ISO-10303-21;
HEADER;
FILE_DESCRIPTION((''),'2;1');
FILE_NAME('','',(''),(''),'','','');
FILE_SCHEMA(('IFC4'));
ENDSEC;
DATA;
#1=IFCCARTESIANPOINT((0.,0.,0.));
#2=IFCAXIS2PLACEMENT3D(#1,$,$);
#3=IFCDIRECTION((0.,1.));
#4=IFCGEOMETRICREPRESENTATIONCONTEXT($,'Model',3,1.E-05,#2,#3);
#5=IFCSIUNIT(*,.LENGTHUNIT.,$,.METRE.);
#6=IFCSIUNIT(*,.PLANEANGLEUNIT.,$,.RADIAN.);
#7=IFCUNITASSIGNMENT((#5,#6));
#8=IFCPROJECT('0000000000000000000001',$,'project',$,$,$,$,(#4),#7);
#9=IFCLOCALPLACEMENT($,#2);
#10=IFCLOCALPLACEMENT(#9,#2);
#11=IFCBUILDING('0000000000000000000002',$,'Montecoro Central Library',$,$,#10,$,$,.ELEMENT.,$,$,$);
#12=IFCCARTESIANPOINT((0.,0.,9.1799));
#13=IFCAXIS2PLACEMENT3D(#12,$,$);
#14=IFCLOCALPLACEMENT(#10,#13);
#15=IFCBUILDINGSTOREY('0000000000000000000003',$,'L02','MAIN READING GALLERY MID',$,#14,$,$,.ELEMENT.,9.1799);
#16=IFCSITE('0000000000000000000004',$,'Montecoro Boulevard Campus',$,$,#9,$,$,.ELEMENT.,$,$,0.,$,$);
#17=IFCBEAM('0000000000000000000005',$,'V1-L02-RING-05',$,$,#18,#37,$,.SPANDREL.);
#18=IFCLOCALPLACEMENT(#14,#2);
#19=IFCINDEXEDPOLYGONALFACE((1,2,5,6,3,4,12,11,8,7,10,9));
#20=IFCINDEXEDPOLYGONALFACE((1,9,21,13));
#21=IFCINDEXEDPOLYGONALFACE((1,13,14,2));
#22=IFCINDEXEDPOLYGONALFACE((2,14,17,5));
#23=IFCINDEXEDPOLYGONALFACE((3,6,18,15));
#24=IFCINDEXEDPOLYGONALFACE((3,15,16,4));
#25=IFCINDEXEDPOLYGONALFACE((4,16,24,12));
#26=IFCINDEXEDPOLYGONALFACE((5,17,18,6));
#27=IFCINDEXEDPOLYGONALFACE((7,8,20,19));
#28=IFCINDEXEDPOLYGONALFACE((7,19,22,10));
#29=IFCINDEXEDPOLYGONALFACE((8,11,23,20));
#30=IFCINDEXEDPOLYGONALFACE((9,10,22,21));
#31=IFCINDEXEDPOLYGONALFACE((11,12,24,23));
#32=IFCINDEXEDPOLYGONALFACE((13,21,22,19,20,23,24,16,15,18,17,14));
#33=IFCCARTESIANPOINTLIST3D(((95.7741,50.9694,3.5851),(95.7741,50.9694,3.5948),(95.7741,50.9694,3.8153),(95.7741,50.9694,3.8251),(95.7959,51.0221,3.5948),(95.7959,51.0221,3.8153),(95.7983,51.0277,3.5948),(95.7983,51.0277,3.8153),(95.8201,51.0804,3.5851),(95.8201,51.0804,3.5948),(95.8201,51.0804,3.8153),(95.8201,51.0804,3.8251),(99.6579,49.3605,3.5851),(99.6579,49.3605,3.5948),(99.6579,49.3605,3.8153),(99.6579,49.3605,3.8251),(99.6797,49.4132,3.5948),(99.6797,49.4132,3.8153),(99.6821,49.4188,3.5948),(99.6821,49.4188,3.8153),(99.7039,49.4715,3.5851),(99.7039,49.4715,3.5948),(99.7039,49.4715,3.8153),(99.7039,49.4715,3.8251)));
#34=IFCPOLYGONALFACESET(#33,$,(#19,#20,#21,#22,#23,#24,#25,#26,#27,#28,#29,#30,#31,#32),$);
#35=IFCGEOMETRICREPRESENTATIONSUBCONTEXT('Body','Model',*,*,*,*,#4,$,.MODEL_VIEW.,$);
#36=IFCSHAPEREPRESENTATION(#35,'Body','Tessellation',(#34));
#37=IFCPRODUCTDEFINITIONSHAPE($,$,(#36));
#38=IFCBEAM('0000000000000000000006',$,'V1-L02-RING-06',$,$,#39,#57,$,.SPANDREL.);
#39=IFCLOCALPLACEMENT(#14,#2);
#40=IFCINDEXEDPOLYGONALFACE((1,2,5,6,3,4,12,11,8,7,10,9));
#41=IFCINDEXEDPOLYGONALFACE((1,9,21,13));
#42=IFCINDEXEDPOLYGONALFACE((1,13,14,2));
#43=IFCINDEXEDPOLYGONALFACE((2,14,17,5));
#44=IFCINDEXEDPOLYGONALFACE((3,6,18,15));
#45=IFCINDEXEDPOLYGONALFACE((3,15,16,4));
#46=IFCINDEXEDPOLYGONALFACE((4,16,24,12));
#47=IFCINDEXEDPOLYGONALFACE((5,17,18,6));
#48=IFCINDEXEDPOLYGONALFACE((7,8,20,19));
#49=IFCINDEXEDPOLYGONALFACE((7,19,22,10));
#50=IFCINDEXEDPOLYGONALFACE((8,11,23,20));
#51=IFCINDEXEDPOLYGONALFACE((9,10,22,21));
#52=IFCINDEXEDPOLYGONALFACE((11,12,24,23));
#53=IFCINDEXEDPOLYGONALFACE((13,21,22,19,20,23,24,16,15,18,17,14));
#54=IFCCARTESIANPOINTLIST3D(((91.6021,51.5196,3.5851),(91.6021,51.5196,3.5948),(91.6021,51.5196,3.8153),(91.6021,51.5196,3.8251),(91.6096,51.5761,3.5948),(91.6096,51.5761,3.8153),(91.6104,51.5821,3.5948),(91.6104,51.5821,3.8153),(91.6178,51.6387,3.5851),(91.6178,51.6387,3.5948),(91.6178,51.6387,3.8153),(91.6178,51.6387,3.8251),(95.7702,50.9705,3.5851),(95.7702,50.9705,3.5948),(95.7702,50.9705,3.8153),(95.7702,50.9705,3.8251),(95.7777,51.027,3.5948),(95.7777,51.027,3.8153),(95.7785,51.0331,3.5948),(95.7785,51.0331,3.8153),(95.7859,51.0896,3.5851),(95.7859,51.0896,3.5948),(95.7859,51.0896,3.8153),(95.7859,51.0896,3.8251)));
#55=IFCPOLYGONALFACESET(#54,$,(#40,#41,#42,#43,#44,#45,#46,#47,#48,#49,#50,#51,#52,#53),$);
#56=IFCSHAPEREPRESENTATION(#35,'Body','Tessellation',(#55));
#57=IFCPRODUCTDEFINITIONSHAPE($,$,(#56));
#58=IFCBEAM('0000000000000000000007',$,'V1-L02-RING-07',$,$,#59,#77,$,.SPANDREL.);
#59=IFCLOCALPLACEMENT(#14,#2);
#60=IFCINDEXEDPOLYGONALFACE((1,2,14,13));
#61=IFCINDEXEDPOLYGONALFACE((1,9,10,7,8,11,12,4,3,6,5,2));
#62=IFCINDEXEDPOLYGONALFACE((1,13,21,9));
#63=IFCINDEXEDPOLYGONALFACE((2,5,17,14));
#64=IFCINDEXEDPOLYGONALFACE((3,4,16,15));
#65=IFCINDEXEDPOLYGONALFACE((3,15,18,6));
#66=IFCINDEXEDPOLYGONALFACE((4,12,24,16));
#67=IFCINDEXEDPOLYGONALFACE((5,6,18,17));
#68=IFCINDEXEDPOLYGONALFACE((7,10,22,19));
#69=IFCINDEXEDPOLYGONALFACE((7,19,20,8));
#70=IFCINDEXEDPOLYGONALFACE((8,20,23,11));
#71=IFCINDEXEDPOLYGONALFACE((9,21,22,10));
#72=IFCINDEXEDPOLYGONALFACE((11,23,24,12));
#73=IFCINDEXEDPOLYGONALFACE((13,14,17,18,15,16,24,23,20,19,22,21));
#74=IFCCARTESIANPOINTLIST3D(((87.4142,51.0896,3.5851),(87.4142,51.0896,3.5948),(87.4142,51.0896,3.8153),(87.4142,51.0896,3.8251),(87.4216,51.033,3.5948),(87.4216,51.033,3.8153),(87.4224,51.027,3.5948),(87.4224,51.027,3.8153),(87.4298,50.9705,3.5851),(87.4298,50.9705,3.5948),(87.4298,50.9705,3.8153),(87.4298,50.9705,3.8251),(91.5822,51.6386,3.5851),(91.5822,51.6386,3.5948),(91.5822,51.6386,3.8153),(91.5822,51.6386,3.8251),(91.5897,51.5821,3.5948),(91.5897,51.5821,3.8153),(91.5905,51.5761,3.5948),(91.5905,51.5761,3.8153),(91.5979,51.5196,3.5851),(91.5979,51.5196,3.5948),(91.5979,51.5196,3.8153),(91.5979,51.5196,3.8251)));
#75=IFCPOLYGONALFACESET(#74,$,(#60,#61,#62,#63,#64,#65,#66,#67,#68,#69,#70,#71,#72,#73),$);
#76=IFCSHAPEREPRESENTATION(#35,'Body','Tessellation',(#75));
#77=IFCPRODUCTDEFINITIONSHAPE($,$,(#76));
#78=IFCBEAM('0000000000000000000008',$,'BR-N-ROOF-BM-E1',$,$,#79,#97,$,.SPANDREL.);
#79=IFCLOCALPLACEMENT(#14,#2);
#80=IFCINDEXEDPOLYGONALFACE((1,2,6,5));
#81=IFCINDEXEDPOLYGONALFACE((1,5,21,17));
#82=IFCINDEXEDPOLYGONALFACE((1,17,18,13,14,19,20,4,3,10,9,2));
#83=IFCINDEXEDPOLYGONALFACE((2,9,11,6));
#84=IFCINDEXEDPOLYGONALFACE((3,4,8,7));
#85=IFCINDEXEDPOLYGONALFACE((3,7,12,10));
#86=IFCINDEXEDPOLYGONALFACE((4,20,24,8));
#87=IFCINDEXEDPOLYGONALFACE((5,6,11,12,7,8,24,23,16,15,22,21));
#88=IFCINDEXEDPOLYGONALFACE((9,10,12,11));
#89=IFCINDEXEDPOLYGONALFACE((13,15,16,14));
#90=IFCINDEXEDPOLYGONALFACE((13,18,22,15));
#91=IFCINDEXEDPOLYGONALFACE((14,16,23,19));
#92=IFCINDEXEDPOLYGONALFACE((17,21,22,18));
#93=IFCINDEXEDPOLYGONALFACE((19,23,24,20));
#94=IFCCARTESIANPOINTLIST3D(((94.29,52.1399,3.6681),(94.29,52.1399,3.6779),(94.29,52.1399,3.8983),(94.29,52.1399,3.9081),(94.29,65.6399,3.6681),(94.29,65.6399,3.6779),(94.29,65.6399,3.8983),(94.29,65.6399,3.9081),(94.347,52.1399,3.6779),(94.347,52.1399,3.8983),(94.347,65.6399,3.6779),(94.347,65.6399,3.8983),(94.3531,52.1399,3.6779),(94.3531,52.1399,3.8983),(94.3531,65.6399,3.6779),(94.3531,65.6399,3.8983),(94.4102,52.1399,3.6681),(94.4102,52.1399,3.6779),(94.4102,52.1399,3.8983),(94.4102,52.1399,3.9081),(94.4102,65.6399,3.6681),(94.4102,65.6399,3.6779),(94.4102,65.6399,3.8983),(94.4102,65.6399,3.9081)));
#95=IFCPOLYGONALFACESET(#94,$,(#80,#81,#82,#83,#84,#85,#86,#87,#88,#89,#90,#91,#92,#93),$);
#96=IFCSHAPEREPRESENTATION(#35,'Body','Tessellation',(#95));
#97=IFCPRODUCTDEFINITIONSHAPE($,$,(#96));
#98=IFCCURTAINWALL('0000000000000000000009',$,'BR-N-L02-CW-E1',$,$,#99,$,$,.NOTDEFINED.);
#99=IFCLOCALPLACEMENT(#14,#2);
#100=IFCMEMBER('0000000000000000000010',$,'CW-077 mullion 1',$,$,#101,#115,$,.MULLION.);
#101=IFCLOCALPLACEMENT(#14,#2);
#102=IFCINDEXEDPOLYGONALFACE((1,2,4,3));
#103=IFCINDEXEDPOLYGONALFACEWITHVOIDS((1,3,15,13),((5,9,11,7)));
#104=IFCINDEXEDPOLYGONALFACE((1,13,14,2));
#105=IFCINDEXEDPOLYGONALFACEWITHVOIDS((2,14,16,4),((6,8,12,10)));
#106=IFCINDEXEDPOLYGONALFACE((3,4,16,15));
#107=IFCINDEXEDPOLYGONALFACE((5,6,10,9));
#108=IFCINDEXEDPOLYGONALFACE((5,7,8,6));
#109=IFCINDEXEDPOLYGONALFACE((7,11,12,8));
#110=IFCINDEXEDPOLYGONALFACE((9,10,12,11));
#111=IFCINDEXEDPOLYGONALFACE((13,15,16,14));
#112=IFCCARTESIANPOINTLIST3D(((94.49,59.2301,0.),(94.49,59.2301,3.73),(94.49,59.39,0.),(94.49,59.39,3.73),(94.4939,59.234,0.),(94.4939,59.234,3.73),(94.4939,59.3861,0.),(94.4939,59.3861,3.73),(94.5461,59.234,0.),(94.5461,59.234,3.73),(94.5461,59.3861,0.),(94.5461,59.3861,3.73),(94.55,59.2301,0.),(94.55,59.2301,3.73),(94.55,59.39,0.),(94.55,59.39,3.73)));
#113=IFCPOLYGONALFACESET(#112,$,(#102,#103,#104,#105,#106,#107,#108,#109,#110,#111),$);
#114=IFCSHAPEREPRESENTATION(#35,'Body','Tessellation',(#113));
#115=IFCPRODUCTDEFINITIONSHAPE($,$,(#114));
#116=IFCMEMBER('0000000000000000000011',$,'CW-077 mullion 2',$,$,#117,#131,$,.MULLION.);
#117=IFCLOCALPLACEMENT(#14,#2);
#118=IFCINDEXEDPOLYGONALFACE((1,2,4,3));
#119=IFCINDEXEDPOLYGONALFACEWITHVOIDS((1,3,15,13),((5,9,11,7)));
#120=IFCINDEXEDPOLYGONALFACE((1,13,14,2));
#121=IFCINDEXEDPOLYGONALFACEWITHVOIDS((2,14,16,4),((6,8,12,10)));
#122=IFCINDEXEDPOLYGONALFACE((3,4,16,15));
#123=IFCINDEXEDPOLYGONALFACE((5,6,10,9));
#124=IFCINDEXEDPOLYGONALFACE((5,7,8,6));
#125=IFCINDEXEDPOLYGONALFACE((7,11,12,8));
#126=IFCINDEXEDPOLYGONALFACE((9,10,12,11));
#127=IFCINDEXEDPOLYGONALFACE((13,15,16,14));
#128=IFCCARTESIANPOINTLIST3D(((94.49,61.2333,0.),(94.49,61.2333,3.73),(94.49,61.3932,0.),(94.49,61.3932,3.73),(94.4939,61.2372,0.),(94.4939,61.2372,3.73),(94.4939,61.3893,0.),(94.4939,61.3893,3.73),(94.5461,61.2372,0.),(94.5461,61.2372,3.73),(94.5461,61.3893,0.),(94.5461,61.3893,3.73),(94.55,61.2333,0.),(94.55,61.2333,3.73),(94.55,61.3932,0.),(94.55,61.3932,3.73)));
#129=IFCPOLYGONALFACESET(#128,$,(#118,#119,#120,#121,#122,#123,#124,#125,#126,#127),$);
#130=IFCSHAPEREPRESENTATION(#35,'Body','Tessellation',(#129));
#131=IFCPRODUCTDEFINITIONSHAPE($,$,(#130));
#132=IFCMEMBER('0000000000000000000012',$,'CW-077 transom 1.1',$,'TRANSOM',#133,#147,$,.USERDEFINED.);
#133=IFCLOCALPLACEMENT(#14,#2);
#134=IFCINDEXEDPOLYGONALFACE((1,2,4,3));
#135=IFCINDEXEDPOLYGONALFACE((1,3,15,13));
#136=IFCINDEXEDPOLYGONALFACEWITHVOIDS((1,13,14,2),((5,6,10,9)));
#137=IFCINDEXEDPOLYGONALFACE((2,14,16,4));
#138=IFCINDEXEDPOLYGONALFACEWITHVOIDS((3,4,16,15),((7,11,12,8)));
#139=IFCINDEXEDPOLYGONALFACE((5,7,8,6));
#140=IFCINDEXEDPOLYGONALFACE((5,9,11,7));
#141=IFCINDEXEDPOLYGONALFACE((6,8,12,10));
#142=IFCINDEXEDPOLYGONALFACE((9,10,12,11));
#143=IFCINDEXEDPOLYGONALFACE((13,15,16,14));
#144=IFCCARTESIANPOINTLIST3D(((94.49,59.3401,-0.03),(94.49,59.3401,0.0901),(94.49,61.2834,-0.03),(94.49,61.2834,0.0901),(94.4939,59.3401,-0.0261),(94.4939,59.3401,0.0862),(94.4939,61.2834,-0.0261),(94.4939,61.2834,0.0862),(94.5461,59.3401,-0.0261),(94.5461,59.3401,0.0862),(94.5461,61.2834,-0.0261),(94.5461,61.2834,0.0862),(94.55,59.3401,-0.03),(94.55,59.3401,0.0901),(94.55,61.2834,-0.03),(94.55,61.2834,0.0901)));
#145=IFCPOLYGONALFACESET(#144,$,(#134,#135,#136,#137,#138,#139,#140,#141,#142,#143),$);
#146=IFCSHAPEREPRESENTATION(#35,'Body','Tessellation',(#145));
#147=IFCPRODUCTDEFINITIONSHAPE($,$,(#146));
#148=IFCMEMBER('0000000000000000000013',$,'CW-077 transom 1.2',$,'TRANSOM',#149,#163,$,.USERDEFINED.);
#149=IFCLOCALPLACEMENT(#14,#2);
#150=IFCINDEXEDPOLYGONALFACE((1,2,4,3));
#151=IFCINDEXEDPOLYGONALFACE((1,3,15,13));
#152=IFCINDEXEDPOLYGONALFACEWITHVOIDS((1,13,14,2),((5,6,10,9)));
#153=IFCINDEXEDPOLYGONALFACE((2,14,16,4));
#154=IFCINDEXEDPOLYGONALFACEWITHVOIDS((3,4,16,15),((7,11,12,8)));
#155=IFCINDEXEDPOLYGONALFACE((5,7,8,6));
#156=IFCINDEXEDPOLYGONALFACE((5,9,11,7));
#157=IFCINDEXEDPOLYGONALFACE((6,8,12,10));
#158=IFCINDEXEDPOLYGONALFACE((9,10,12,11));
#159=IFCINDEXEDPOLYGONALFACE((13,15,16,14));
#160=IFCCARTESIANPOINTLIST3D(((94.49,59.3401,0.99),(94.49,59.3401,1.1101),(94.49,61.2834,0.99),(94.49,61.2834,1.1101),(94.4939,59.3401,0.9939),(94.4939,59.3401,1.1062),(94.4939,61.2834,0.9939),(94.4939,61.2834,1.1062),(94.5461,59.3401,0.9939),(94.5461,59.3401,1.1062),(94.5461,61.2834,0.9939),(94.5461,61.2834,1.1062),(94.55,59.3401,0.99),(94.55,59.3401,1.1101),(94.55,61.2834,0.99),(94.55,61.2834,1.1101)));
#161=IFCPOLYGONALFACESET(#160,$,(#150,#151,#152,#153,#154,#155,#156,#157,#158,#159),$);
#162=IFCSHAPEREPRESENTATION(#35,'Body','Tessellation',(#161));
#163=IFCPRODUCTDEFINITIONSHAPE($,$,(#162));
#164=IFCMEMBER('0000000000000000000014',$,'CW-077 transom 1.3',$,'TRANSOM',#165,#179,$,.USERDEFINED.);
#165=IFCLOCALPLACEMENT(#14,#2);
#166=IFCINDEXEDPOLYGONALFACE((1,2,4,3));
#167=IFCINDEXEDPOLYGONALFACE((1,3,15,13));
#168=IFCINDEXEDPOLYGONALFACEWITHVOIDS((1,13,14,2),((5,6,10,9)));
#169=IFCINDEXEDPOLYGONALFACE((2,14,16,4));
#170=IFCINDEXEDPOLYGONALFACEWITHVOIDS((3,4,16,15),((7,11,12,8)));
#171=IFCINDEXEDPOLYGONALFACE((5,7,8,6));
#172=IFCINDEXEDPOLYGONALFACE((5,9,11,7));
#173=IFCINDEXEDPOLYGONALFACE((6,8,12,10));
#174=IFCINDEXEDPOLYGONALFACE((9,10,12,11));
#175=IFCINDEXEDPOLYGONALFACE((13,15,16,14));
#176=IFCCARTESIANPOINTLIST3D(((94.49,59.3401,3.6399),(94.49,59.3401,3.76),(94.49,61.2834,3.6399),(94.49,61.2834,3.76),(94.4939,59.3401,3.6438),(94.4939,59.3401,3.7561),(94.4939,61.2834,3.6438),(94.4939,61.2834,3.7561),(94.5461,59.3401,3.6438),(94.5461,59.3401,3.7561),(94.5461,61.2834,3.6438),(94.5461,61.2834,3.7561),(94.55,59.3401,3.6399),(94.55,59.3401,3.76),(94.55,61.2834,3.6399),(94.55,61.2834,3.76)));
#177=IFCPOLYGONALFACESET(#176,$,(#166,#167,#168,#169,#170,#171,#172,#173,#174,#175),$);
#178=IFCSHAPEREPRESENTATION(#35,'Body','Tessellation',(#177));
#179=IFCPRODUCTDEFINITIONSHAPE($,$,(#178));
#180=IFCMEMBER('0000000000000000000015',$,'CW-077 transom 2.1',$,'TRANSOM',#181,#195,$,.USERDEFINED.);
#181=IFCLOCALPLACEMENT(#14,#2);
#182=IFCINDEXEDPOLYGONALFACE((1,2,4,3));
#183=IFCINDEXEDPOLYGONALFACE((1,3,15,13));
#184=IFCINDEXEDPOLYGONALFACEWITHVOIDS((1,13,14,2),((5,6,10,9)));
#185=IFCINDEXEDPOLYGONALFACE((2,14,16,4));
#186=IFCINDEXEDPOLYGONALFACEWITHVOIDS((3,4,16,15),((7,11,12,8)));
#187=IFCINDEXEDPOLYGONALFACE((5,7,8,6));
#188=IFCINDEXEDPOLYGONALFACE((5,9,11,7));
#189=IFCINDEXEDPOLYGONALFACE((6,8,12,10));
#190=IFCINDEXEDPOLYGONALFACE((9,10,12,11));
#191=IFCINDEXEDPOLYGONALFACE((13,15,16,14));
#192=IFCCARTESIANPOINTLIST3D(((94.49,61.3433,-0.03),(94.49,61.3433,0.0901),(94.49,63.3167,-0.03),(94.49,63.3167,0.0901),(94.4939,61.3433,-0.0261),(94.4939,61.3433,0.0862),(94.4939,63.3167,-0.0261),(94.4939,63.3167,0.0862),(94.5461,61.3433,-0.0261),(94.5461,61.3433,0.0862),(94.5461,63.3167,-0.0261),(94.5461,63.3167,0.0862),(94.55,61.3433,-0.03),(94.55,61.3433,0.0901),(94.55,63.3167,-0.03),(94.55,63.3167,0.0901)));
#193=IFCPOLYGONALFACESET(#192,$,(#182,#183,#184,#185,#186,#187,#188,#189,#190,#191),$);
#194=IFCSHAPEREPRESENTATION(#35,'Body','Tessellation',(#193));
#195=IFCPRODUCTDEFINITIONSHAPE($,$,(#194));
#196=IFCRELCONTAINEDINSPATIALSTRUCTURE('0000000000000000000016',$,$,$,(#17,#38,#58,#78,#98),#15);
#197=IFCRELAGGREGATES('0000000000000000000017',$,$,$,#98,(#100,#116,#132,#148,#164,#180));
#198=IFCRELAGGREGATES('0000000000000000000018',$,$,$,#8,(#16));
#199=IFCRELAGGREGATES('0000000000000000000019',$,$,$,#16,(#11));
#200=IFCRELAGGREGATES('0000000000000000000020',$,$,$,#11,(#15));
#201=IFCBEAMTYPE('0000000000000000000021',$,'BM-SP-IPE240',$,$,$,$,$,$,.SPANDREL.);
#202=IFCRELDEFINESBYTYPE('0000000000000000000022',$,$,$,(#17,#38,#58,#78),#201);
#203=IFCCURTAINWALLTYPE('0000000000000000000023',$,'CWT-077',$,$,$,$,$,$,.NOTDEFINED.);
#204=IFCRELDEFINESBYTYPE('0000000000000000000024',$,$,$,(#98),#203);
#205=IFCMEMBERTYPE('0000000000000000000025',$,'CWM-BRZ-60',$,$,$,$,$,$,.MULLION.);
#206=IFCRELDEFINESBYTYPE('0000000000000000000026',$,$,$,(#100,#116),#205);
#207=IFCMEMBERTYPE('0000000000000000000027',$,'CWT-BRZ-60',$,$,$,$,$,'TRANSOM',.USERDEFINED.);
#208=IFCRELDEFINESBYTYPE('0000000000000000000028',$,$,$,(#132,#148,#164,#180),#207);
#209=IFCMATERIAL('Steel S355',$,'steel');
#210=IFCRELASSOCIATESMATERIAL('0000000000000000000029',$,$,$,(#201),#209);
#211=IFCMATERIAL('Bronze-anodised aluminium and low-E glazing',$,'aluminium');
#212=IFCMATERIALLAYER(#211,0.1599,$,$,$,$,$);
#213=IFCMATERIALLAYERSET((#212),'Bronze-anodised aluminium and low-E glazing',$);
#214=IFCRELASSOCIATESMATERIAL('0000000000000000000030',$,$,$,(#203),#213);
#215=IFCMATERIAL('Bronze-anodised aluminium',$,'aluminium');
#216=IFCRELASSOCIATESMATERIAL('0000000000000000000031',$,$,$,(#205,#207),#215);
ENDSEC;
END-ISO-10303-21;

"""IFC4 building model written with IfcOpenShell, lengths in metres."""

from ifc_helpers import new_model, si_unit, direction, frame, origin, origin_2d, place, context, subcontext, project, spatial, hollow_rectangle, i_section, extrude, material, layer, layer_set, material_profile, profile_set, type_object, element, aggregate, save


model = new_model("IFC4")

# Units and contexts
model_context = context("Model", 3, precision=1e-05, world=origin(), true_north=direction((0.0, 1.0)))
body_context = subcontext(model_context, "Body", "Model", "MODEL_VIEW")
ifc_project = project(units=[si_unit("LENGTHUNIT", "METRE"), si_unit("PLANEANGLEUNIT", "RADIAN")], contexts=[model_context])

# Site, building, storey
site_placement = place(None, origin())
site = spatial("IfcSite", under=ifc_project, at=site_placement, Name="Montecoro Boulevard Campus", CompositionType="ELEMENT", RefElevation=0.0)
building_placement = place(site_placement, origin())
building = spatial("IfcBuilding", under=site, at=building_placement, Name="Montecoro Central Library", CompositionType="ELEMENT")
storey_placement = place(building_placement, frame((0.0, 0.0, 9.1799)))
storey = spatial("IfcBuildingStorey", under=building, at=storey_placement, Name="L02", Description="MAIN READING GALLERY MID", CompositionType="ELEMENT", Elevation=9.1799)

# Shared definitions
ifc_material_1 = material(Name="Steel S355", Category="steel")

# Beams
ifc_material_profile_1 = material_profile(ifc_material_1, i_section(OverallWidth=0.1201, OverallDepth=0.24, WebThickness=0.0061, FlangeThickness=0.0098, at=origin_2d()), Name="IPE 240")
ifc_profile_set_1 = profile_set([ifc_material_profile_1], Name="Steel S355")
beam_type = type_object("IfcBeamType", Name="BM-SP-IPE240", PredefinedType="SPANDREL", material=ifc_profile_set_1)
beam_1_placement = place(storey_placement, frame((99.6809, 49.416, 3.7051), z_axis=(-0.923865, 0.382718, 0.0), x_axis=(-0.382718, -0.923865, 0.0)))
element("IfcBeam", 1, at=beam_1_placement, inside=storey, type_object=beam_type, Name="V1-L02-RING-05", PredefinedType="SPANDREL", context=body_context, shape_type="SweptSolid", body=[
    extrude(i_section(OverallWidth=0.1201, OverallDepth=0.24, WebThickness=0.0061, FlangeThickness=0.0098, at=origin_2d()), origin(), (0.0, 0.0, 1.0), 4.2039),
])
for number, where, z_axis, x_axis, name in (
    (2, (95.7781, 51.03, 3.7051), (-0.991434, 0.130608, 0.0), (-0.130608, -0.991434, 0.0), "V1-L02-RING-06"),
    (3, (91.5901, 51.5791, 3.7051), (-0.991434, -0.130608, 0.0), (0.130608, -0.991434, 0.0), "V1-L02-RING-07"),
):
    element("IfcBeam", number, at=place(storey_placement, frame(where, z_axis=z_axis, x_axis=x_axis)), inside=storey, type_object=beam_type, Name=name, PredefinedType="SPANDREL", context=body_context, shape_type="SweptSolid", body=[
        extrude(i_section(OverallWidth=0.1201, OverallDepth=0.24, WebThickness=0.0061, FlangeThickness=0.0098, at=origin_2d()), origin(), (0.0, 0.0, 1.0), 4.2041),
    ])
beam_2_placement = place(storey_placement, frame((94.3501, 52.1399, 3.7881), z_axis=(0.0, 1.0, 0.0), x_axis=(-1.0, 0.0, 0.0)))
element("IfcBeam", 4, at=beam_2_placement, inside=storey, type_object=beam_type, Name="BR-N-ROOF-BM-E1", PredefinedType="SPANDREL", context=body_context, shape_type="SweptSolid", body=[
    extrude(i_section(OverallWidth=0.1201, OverallDepth=0.24, WebThickness=0.0061, FlangeThickness=0.0098, at=origin_2d()), origin(), (0.0, 0.0, 1.0), 13.5),
])

# Curtain wall, members
ifc_material_2 = material(Name="Bronze-anodised aluminium and low-E glazing", Category="aluminium")
ifc_layer_1 = layer(ifc_material_2, 0.1599)
ifc_layer_set_1 = layer_set([ifc_layer_1], Name="Bronze-anodised aluminium and low-E glazing")
curtain_wall_type = type_object("IfcCurtainWallType", Name="CWT-077", PredefinedType="NOTDEFINED", material=ifc_layer_set_1)
curtain_wall_placement = place(storey_placement, origin())
curtain_wall = element("IfcCurtainWall", 5, at=curtain_wall_placement, inside=storey, type_object=curtain_wall_type, Name="BR-N-L02-CW-E1", PredefinedType="NOTDEFINED")
ifc_material_3 = material(Name="Bronze-anodised aluminium", Category="aluminium")
ifc_material_profile_2 = material_profile(ifc_material_3, hollow_rectangle(XDim=0.0601, YDim=0.1599, WallThickness=0.0039, at=origin_2d()), Name="CWM 160x60x4.0")
ifc_profile_set_2 = profile_set([ifc_material_profile_2], Name="Bronze-anodised aluminium")
member_type_1 = type_object("IfcMemberType", Name="CWM-BRZ-60", PredefinedType="MULLION", material=ifc_profile_set_2)
member_1_placement = place(storey_placement, frame((94.52, 59.3101, 0.0), z_axis=(0.0, 0.0, 1.0), x_axis=(-1.0, 0.0, 0.0)))
member_1 = element("IfcMember", 6, at=member_1_placement, type_object=member_type_1, Name="CW-077 mullion 1", PredefinedType="MULLION", context=body_context, shape_type="SweptSolid", body=[
    extrude(hollow_rectangle(XDim=0.0601, YDim=0.1599, WallThickness=0.0039, at=origin_2d()), origin(), (0.0, 0.0, 1.0), 3.73),
])
member_2_placement = place(storey_placement, frame((94.52, 61.3132, 0.0), z_axis=(0.0, 0.0, 1.0), x_axis=(-1.0, 0.0, 0.0)))
member_2 = element("IfcMember", 7, at=member_2_placement, type_object=member_type_1, Name="CW-077 mullion 2", PredefinedType="MULLION", context=body_context, shape_type="SweptSolid", body=[
    extrude(hollow_rectangle(XDim=0.0601, YDim=0.1599, WallThickness=0.0039, at=origin_2d()), origin(), (0.0, 0.0, 1.0), 3.73),
])
ifc_material_profile_3 = material_profile(ifc_material_3, hollow_rectangle(XDim=0.0601, YDim=0.1201, WallThickness=0.0039, at=origin_2d()), Name="CWT 120x60x4.0")
ifc_profile_set_3 = profile_set([ifc_material_profile_3], Name="Bronze-anodised aluminium")
member_type_2 = type_object("IfcMemberType", Name="CWT-BRZ-60", ElementType="TRANSOM", PredefinedType="USERDEFINED", material=ifc_profile_set_3)
member_3_placement = place(storey_placement, frame((94.52, 59.3401, 0.03), z_axis=(0.0, 1.0, 0.0), x_axis=(-1.0, 0.0, 0.0)))
member_3 = element("IfcMember", 8, at=member_3_placement, type_object=member_type_2, Name="CW-077 transom 1.1", ObjectType="TRANSOM", PredefinedType="USERDEFINED", context=body_context, shape_type="SweptSolid", body=[
    extrude(hollow_rectangle(XDim=0.0601, YDim=0.1201, WallThickness=0.0039, at=origin_2d()), origin(), (0.0, 0.0, 1.0), 1.9434),
])
member_4_placement = place(storey_placement, frame((94.52, 59.3401, 1.05), z_axis=(0.0, 1.0, 0.0), x_axis=(-1.0, 0.0, 0.0)))
member_4 = element("IfcMember", 9, at=member_4_placement, type_object=member_type_2, Name="CW-077 transom 1.2", ObjectType="TRANSOM", PredefinedType="USERDEFINED", context=body_context, shape_type="SweptSolid", body=[
    extrude(hollow_rectangle(XDim=0.0601, YDim=0.1201, WallThickness=0.0039, at=origin_2d()), origin(), (0.0, 0.0, 1.0), 1.9434),
])
member_5_placement = place(storey_placement, frame((94.52, 59.3401, 3.7), z_axis=(0.0, 1.0, 0.0), x_axis=(-1.0, 0.0, 0.0)))
member_5 = element("IfcMember", 10, at=member_5_placement, type_object=member_type_2, Name="CW-077 transom 1.3", ObjectType="TRANSOM", PredefinedType="USERDEFINED", context=body_context, shape_type="SweptSolid", body=[
    extrude(hollow_rectangle(XDim=0.0601, YDim=0.1201, WallThickness=0.0039, at=origin_2d()), origin(), (0.0, 0.0, 1.0), 1.9434),
])
member_6_placement = place(storey_placement, frame((94.52, 61.3433, 0.03), z_axis=(0.0, 1.0, 0.0), x_axis=(-1.0, 0.0, 0.0)))
member_6 = element("IfcMember", 11, at=member_6_placement, type_object=member_type_2, Name="CW-077 transom 2.1", ObjectType="TRANSOM", PredefinedType="USERDEFINED", context=body_context, shape_type="SweptSolid", body=[
    extrude(hollow_rectangle(XDim=0.0601, YDim=0.1201, WallThickness=0.0039, at=origin_2d()), origin(), (0.0, 0.0, 1.0), 1.9734),
])
aggregate(curtain_wall, [member_1, member_2, member_3, member_4, member_5, member_6])

save(model, "model.ifc")
